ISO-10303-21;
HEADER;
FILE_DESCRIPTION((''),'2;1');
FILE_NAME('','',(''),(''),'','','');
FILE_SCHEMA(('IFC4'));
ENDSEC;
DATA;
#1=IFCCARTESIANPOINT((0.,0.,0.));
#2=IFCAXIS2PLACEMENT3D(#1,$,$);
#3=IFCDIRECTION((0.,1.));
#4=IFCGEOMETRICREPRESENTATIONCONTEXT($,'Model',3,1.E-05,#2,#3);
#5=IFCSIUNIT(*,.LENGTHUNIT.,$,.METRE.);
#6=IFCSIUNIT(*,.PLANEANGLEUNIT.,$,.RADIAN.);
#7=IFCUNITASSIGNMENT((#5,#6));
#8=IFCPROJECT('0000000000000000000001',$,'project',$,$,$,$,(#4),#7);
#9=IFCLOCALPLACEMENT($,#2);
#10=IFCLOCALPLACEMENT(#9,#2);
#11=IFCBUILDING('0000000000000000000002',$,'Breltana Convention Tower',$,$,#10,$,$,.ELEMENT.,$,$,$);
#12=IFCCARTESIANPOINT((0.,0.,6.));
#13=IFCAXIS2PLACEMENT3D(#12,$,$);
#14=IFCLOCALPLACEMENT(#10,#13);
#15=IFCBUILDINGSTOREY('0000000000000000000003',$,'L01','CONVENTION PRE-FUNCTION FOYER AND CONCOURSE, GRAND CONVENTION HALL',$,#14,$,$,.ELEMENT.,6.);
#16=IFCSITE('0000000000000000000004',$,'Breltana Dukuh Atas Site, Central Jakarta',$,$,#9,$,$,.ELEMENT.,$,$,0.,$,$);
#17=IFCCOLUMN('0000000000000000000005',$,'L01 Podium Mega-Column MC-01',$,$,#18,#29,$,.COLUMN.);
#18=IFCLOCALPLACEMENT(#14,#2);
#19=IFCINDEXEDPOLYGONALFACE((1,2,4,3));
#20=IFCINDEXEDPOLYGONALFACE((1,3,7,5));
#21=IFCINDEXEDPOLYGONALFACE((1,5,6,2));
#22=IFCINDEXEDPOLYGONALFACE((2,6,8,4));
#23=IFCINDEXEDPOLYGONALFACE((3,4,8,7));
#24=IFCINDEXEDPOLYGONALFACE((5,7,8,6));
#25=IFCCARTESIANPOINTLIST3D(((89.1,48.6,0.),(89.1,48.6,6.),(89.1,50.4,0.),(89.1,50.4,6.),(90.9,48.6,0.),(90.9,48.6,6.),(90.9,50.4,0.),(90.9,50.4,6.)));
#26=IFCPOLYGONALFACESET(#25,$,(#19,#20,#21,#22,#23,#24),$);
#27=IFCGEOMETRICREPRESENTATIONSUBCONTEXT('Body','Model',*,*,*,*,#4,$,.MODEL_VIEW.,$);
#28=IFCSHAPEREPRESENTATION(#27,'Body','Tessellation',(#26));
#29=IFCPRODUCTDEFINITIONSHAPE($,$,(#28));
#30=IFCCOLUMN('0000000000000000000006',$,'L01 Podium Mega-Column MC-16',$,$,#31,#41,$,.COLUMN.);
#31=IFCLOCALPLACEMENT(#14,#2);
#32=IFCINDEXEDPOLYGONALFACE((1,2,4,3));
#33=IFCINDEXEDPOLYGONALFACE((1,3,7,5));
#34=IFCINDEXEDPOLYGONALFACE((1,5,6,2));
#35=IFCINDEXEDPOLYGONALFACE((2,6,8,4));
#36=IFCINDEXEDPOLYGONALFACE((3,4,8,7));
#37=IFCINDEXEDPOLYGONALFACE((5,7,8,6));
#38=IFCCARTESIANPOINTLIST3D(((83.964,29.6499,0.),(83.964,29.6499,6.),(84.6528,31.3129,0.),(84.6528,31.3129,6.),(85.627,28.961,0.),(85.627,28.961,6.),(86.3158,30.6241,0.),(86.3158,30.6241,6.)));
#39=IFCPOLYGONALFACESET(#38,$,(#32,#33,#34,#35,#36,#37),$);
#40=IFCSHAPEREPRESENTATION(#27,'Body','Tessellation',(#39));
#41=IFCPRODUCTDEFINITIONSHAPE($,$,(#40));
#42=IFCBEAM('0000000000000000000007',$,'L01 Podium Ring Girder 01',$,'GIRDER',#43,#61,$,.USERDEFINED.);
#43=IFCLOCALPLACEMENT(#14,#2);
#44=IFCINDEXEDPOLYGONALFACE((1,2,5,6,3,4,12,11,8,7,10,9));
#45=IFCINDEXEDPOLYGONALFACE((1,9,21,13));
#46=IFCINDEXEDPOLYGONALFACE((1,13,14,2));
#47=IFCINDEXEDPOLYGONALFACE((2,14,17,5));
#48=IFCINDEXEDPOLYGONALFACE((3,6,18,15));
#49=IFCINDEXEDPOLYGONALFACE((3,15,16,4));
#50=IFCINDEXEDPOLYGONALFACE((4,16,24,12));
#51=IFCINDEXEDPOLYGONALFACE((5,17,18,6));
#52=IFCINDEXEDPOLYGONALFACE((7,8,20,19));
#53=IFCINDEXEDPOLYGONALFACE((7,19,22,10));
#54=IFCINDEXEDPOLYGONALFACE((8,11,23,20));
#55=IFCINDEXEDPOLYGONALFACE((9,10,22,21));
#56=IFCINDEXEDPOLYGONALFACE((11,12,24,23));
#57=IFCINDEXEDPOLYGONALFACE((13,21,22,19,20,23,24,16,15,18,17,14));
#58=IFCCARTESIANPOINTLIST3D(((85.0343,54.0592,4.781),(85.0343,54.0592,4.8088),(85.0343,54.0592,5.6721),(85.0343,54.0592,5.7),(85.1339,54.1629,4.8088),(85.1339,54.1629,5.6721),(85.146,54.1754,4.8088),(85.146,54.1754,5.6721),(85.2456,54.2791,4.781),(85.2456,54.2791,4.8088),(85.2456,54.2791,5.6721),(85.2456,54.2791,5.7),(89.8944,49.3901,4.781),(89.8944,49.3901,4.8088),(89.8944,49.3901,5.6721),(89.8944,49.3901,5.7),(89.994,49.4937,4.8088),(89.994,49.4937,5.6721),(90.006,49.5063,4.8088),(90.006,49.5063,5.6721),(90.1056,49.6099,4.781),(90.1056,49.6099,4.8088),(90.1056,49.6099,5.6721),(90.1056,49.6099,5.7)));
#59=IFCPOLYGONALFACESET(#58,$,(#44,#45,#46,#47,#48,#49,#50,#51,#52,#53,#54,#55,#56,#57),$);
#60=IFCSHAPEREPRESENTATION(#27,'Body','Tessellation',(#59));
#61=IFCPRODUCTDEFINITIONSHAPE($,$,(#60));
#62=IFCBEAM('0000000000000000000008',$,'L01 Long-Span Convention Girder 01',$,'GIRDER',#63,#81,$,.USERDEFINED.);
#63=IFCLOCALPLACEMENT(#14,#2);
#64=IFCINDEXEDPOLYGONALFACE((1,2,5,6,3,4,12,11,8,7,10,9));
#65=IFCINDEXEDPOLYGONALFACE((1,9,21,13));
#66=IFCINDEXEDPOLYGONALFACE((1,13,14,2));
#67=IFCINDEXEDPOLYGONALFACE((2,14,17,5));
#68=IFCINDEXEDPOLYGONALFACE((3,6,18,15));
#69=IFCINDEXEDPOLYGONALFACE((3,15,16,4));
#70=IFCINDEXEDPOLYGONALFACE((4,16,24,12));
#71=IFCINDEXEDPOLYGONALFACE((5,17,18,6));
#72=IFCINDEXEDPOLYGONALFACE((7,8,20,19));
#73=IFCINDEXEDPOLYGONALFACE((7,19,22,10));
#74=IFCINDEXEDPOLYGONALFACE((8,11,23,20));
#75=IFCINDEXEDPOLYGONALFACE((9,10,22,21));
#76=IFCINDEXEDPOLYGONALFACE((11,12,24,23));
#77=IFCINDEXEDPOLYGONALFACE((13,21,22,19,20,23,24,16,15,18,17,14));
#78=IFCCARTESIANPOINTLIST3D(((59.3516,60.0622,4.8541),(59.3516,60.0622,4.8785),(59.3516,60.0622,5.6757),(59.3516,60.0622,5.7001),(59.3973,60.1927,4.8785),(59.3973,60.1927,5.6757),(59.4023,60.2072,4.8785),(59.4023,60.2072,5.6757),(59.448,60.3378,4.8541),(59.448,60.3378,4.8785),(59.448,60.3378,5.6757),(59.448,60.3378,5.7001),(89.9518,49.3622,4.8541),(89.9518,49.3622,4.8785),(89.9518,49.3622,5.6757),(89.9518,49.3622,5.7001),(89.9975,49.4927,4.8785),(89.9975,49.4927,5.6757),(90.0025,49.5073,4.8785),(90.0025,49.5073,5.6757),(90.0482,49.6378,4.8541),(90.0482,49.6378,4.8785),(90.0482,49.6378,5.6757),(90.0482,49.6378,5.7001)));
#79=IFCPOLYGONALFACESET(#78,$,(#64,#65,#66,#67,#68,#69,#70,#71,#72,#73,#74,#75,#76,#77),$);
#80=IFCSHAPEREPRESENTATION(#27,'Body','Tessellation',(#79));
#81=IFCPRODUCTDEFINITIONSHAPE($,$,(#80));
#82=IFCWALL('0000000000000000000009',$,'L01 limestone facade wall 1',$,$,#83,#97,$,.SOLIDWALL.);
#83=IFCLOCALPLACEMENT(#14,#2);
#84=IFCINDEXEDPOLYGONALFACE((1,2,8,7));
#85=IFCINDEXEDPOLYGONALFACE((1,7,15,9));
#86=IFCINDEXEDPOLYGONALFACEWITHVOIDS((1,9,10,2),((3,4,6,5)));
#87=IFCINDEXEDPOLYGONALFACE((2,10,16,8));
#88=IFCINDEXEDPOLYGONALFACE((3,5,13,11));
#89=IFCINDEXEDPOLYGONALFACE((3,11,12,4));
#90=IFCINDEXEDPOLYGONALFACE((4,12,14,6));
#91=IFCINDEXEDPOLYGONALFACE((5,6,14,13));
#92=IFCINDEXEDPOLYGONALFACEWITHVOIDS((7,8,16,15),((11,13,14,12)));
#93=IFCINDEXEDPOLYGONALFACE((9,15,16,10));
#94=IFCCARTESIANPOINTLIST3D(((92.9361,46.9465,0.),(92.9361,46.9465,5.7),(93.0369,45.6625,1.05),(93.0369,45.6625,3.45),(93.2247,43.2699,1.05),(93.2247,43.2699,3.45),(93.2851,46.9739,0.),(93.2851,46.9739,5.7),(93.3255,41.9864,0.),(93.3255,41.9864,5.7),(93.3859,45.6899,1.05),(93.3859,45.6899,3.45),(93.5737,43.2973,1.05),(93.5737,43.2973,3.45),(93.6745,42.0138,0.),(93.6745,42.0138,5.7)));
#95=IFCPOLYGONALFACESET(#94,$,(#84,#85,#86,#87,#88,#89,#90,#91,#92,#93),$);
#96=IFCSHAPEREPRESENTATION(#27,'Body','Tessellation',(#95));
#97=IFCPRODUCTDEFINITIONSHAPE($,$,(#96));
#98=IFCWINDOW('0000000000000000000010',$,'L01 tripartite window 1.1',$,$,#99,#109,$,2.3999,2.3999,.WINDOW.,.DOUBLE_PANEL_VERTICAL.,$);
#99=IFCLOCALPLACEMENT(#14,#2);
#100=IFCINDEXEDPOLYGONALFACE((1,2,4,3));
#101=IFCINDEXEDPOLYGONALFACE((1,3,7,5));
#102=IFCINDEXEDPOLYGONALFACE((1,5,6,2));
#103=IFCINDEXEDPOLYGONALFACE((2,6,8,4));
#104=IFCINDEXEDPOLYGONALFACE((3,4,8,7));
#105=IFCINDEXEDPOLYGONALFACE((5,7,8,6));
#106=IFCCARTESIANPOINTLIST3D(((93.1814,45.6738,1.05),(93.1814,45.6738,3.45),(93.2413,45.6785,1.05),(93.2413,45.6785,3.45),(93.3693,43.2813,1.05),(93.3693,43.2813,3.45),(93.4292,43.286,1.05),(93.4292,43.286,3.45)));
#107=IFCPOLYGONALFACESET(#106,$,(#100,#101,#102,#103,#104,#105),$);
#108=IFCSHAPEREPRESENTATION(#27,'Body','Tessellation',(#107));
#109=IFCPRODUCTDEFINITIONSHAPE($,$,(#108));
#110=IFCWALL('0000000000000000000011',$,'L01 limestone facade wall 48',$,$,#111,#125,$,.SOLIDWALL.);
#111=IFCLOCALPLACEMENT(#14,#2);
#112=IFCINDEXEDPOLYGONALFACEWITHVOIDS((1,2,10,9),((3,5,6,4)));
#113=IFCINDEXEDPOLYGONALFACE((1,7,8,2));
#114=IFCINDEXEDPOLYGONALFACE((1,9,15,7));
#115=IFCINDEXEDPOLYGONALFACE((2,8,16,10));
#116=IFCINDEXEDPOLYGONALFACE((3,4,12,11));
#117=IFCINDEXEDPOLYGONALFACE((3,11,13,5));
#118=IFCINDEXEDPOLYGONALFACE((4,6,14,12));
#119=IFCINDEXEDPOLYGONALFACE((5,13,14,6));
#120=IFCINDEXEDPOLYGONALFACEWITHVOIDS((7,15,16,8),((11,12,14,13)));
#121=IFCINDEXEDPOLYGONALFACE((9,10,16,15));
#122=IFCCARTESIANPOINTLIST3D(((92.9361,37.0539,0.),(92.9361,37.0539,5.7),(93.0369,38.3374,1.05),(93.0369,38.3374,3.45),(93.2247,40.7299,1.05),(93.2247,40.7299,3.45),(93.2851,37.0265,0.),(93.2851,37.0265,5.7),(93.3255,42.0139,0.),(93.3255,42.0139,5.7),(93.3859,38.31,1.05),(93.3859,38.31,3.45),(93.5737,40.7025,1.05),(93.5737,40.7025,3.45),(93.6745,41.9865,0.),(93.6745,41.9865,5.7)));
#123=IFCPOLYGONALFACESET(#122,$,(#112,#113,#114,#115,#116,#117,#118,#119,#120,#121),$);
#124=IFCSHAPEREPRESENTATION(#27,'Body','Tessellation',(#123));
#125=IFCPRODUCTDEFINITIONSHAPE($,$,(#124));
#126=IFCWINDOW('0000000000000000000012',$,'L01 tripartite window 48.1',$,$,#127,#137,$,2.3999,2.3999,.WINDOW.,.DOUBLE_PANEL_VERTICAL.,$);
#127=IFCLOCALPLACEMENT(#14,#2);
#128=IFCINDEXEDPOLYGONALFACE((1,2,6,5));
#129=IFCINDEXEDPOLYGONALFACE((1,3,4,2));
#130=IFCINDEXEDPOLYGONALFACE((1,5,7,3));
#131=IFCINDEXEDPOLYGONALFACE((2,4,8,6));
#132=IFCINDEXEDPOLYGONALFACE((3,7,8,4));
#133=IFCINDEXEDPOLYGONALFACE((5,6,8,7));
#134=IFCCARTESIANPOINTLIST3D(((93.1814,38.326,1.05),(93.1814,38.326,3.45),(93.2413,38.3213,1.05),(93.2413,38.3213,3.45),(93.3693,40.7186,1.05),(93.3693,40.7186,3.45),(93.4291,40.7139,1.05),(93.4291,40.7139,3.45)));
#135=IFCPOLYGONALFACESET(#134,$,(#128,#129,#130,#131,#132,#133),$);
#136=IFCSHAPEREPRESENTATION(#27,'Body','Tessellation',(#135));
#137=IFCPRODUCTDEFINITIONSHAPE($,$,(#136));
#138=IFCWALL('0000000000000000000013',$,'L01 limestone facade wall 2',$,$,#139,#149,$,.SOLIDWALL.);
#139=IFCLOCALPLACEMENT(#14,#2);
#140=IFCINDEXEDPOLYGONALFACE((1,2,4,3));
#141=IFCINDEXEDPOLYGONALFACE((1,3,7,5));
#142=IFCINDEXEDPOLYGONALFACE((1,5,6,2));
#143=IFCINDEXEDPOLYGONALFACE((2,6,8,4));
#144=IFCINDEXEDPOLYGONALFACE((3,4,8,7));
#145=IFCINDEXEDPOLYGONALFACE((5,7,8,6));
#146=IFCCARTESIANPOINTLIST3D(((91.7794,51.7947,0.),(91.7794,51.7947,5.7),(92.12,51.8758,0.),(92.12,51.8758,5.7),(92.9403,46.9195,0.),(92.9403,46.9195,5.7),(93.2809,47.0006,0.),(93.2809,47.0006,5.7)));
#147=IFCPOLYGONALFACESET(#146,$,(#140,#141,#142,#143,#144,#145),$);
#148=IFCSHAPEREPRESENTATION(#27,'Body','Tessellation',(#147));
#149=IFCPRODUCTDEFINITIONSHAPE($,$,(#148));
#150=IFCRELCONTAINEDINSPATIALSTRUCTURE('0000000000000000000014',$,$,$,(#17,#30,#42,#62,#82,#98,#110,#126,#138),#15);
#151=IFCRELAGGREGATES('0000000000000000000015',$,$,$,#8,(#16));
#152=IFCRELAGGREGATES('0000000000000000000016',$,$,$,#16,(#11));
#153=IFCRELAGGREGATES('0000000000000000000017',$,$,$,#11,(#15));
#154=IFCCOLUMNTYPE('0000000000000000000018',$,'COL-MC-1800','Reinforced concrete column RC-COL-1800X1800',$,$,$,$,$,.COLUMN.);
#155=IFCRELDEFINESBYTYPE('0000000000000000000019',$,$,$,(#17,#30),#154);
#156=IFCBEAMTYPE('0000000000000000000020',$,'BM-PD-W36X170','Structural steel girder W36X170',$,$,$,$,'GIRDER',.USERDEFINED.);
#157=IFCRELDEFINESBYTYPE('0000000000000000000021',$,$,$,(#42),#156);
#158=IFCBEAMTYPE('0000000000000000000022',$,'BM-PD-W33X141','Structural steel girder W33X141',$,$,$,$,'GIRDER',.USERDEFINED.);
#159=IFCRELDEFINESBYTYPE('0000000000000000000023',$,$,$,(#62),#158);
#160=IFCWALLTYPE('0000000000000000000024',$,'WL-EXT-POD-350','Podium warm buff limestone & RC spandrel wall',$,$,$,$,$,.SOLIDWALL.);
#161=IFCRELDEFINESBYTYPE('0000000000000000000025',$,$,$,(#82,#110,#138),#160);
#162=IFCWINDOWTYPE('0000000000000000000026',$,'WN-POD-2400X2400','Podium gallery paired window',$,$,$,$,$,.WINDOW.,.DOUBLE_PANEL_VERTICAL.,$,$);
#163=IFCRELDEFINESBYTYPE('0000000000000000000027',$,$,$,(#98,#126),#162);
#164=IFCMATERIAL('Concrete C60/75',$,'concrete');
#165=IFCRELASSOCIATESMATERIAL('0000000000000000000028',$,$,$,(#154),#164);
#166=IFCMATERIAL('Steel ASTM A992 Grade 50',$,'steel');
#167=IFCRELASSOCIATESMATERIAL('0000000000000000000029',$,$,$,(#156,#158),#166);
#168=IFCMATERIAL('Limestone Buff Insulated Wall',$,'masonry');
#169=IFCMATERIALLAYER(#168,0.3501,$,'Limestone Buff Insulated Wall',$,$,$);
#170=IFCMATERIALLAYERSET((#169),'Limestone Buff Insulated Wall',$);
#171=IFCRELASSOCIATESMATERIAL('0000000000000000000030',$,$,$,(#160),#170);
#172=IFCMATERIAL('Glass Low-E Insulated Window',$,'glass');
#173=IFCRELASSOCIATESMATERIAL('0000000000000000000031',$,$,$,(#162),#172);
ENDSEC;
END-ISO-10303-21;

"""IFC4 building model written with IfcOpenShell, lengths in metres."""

from ifc_helpers import new_model, si_unit, direction, frame, frame_2d, origin, origin_2d, place, context, subcontext, project, spatial, rectangle, i_section, extrude, source, transform, mapped, material, layer, layer_set, material_profile, profile_set, type_object, type_shapes, element, fill, save


model = new_model("IFC4")

# Units and contexts
model_context = context("Model", 3, precision=1e-05, world=origin(), true_north=direction((0.0, 1.0)))
body_context = subcontext(model_context, "Body", "Model", "MODEL_VIEW")
ifc_project = project(units=[si_unit("LENGTHUNIT", "METRE"), si_unit("PLANEANGLEUNIT", "RADIAN")], contexts=[model_context])

# Site, building, storey
site_placement = place(None, origin())
site = spatial("IfcSite", under=ifc_project, at=site_placement, Name="Breltana Dukuh Atas Site, Central Jakarta", CompositionType="ELEMENT", RefElevation=0.0)
building_placement = place(site_placement, origin())
building = spatial("IfcBuilding", under=site, at=building_placement, Name="Breltana Convention Tower", CompositionType="ELEMENT")
storey_placement = place(building_placement, frame((0.0, 0.0, 6.0)))
storey = spatial("IfcBuildingStorey", under=building, at=storey_placement, Name="L01", Description="CONVENTION PRE-FUNCTION FOYER AND CONCOURSE, GRAND CONVENTION HALL", CompositionType="ELEMENT", Elevation=6.0)

# Columns
ifc_material_1 = material(Name="Concrete C60/75", Category="concrete")
ifc_material_profile_1 = material_profile(ifc_material_1, rectangle(XDim=1.8, YDim=1.8, at=origin_2d()), Name="RC-COL-1800X1800")
ifc_profile_set_1 = profile_set([ifc_material_profile_1], Name="Concrete C60/75")
column_type = type_object("IfcColumnType", Name="COL-MC-1800", Description="Reinforced concrete column RC-COL-1800X1800", PredefinedType="COLUMN", material=ifc_profile_set_1)
shared_shape_1 = source(origin(), body_context, "Body", "SweptSolid", [
    extrude(rectangle(XDim=1.8, YDim=1.8, at=origin_2d()), origin(), (0.0, 0.0, 1.0), 6.0),
])
type_shapes(column_type, [shared_shape_1])
for number, where, z_axis, x_axis, name in (
    (1, (90.0, 49.5, 0.0), (0.0, 0.0, 1.0), (1.0, 0.0, 0.0), "L01 Podium Mega-Column MC-01"),
    (2, (85.1399, 30.137, 0.0), (0.0, 0.0, 1.0), (0.92388, -0.382683, 0.0), "L01 Podium Mega-Column MC-16"),
):
    element("IfcColumn", number, at=place(storey_placement, frame(where, z_axis=z_axis, x_axis=x_axis)), inside=storey, type_object=column_type, Name=name, PredefinedType="COLUMN", context=body_context, shape_type="MappedRepresentation", body=[
        mapped(shared_shape_1, transform((0.0, 0.0, 0.0), scale=1.0)),
    ])

# Beams
ifc_material_2 = material(Name="Steel ASTM A992 Grade 50", Category="steel")
ifc_material_profile_2 = material_profile(ifc_material_2, i_section(OverallWidth=0.3049, OverallDepth=0.9189, WebThickness=0.0173, FlangeThickness=0.0278, at=origin_2d()), Name="W36X170")
ifc_profile_set_2 = profile_set([ifc_material_profile_2], Name="Steel ASTM A992 Grade 50")
beam_type_1 = type_object("IfcBeamType", Name="BM-PD-W36X170", Description="Structural steel girder W36X170", ElementType="GIRDER", PredefinedType="USERDEFINED", material=ifc_profile_set_2)
shared_shape_2 = source(origin(), body_context, "Body", "SweptSolid", [
    extrude(i_section(OverallWidth=0.3049, OverallDepth=0.9189, WebThickness=0.0173, FlangeThickness=0.0278, at=origin_2d()), origin(), (0.0, 0.0, 1.0), 6.7395),
])
type_shapes(beam_type_1, [shared_shape_2])
beam_1_placement = place(storey_placement, frame((90.0, 49.5, 5.2405), z_axis=(-0.721129, 0.692801, 0.0), x_axis=(-0.692801, -0.721129, 0.0)))
element("IfcBeam", 3, at=beam_1_placement, inside=storey, type_object=beam_type_1, Name="L01 Podium Ring Girder 01", ObjectType="GIRDER", PredefinedType="USERDEFINED", context=body_context, shape_type="MappedRepresentation", body=[
    mapped(shared_shape_2, transform((0.0, 0.0, 0.0), scale=1.0)),
])
ifc_material_profile_3 = material_profile(ifc_material_2, i_section(OverallWidth=0.292, OverallDepth=0.8459, WebThickness=0.0154, FlangeThickness=0.0244, at=origin_2d()), Name="W33X141")
ifc_profile_set_3 = profile_set([ifc_material_profile_3], Name="Steel ASTM A992 Grade 50")
beam_type_2 = type_object("IfcBeamType", Name="BM-PD-W33X141", Description="Structural steel girder W33X141", ElementType="GIRDER", PredefinedType="USERDEFINED", material=ifc_profile_set_3)
shared_shape_3 = source(origin(), body_context, "Body", "SweptSolid", [
    extrude(i_section(OverallWidth=0.292, OverallDepth=0.8459, WebThickness=0.0154, FlangeThickness=0.0244, at=origin_2d()), origin(), (0.0, 0.0, 1.0), 32.417),
])
type_shapes(beam_type_2, [shared_shape_3])
beam_2_placement = place(storey_placement, frame((90.0, 49.5, 5.2771), z_axis=(-0.943955, 0.330073, 0.0), x_axis=(-0.330073, -0.943955, 0.0)))
element("IfcBeam", 4, at=beam_2_placement, inside=storey, type_object=beam_type_2, Name="L01 Long-Span Convention Girder 01", ObjectType="GIRDER", PredefinedType="USERDEFINED", context=body_context, shape_type="MappedRepresentation", body=[
    mapped(shared_shape_3, transform((0.0, 0.0, 0.0), scale=1.0)),
])

# Walls, openings, windows
ifc_material_3 = material(Name="Limestone Buff Insulated Wall", Category="masonry")
ifc_layer_1 = layer(ifc_material_3, 0.3501, Name="Limestone Buff Insulated Wall")
ifc_layer_set_1 = layer_set([ifc_layer_1], Name="Limestone Buff Insulated Wall")
wall_type_1 = type_object("IfcWallType", Name="WL-EXT-POD-350", Description="Podium warm buff limestone & RC spandrel wall", PredefinedType="SOLIDWALL", material=ifc_layer_set_1)
shared_shape_4 = source(origin(), body_context, "Body", "SweptSolid", [
    extrude(rectangle(XDim=4.9753, YDim=0.3501, at=frame_2d((2.4878, 0.0))), origin(), (0.0, 0.0, 1.0), 5.7),
])
type_shapes(wall_type_1, [shared_shape_4])
wall_1_placement = place(storey_placement, frame((93.5, 42.0, 0.0), z_axis=(0.0, 0.0, 1.0), x_axis=(-0.078269, 0.996932, 0.0)))
wall_1 = element("IfcWall", 5, at=wall_1_placement, inside=storey, type_object=wall_type_1, Name="L01 limestone facade wall 1", PredefinedType="SOLIDWALL", context=body_context, shape_type="MappedRepresentation", body=[
    mapped(shared_shape_4, transform((0.0, 0.0, 0.0), scale=1.0)),
])
opening_1_placement = place(wall_1_placement, frame((1.2876, 0.0, 1.05)))
opening_1 = element("IfcOpeningElement", 6, at=opening_1_placement, cuts=wall_1, PredefinedType="OPENING", context=body_context, shape_type="SweptSolid", body=[
    extrude(rectangle(XDim=2.3999, YDim=2.3999, at=frame_2d((1.2, 1.2))), frame((0.0, 0.1851, 0.0), z_axis=(0.0, -1.0, 0.0), x_axis=(1.0, 0.0, 0.0)), (0.0, 0.0, 1.0), 0.3701),
])
ifc_material_4 = material(Name="Glass Low-E Insulated Window", Category="glass")
window_type = type_object("IfcWindowType", Name="WN-POD-2400X2400", Description="Podium gallery paired window", PartitioningType="DOUBLE_PANEL_VERTICAL", PredefinedType="WINDOW", material=ifc_material_4)
shared_shape_5 = source(origin(), body_context, "Body", "SweptSolid", [
    extrude(rectangle(XDim=2.3999, YDim=2.3999, at=frame_2d((1.2, 1.2))), frame((0.0, 0.03, 0.0), z_axis=(0.0, -1.0, 0.0), x_axis=(1.0, 0.0, 0.0)), (0.0, 0.0, 1.0), 0.0601),
])
type_shapes(window_type, [shared_shape_5])
window_1_placement = place(opening_1_placement, origin())
window_1 = element("IfcWindow", 7, at=window_1_placement, inside=storey, type_object=window_type, Name="L01 tripartite window 1.1", OverallHeight=2.3999, OverallWidth=2.3999, PartitioningType="DOUBLE_PANEL_VERTICAL", PredefinedType="WINDOW", context=body_context, shape_type="MappedRepresentation", body=[
    mapped(shared_shape_5, transform((0.0, 0.0, 0.0), scale=1.0)),
])
fill(opening_1, window_1)
wall_2_placement = place(storey_placement, frame((93.1106, 37.04, 0.0), z_axis=(0.0, 0.0, 1.0), x_axis=(0.078269, 0.996932, 0.0)))
wall_2 = element("IfcWall", 8, at=wall_2_placement, inside=storey, type_object=wall_type_1, Name="L01 limestone facade wall 48", PredefinedType="SOLIDWALL", context=body_context, shape_type="MappedRepresentation", body=[
    mapped(shared_shape_4, transform((0.0, 0.0, 0.0), scale=1.0)),
])
opening_2_placement = place(wall_2_placement, frame((1.2876, 0.0, 1.05)))
opening_2 = element("IfcOpeningElement", 9, at=opening_2_placement, cuts=wall_2, PredefinedType="OPENING", context=body_context, shape_type="SweptSolid", body=[
    extrude(rectangle(XDim=2.3999, YDim=2.3999, at=frame_2d((1.2, 1.2))), frame((0.0, 0.1851, 0.0), z_axis=(0.0, -1.0, 0.0), x_axis=(1.0, 0.0, 0.0)), (0.0, 0.0, 1.0), 0.3701),
])
window_2_placement = place(opening_2_placement, origin())
window_2 = element("IfcWindow", 10, at=window_2_placement, inside=storey, type_object=window_type, Name="L01 tripartite window 48.1", OverallHeight=2.3999, OverallWidth=2.3999, PartitioningType="DOUBLE_PANEL_VERTICAL", PredefinedType="WINDOW", context=body_context, shape_type="MappedRepresentation", body=[
    mapped(shared_shape_5, transform((0.0, 0.0, 0.0), scale=1.0)),
])
fill(opening_2, window_2)

# Wall
shared_shape_6 = source(origin(), body_context, "Body", "SweptSolid", [
    extrude(rectangle(XDim=5.0115, YDim=0.3501, at=frame_2d((2.5059, 0.0))), origin(), (0.0, 0.0, 1.0), 5.7),
])
wall_3_placement = place(storey_placement, frame((93.1106, 46.96, 0.0), z_axis=(0.0, 0.0, 1.0), x_axis=(-0.231642, 0.972801, 0.0)))
element("IfcWall", 11, at=wall_3_placement, inside=storey, type_object=wall_type_1, Name="L01 limestone facade wall 2", PredefinedType="SOLIDWALL", context=body_context, shape_type="MappedRepresentation", body=[
    mapped(shared_shape_6, transform((0.0, 0.0, 0.0), scale=1.0)),
])

save(model, "model.ifc")
